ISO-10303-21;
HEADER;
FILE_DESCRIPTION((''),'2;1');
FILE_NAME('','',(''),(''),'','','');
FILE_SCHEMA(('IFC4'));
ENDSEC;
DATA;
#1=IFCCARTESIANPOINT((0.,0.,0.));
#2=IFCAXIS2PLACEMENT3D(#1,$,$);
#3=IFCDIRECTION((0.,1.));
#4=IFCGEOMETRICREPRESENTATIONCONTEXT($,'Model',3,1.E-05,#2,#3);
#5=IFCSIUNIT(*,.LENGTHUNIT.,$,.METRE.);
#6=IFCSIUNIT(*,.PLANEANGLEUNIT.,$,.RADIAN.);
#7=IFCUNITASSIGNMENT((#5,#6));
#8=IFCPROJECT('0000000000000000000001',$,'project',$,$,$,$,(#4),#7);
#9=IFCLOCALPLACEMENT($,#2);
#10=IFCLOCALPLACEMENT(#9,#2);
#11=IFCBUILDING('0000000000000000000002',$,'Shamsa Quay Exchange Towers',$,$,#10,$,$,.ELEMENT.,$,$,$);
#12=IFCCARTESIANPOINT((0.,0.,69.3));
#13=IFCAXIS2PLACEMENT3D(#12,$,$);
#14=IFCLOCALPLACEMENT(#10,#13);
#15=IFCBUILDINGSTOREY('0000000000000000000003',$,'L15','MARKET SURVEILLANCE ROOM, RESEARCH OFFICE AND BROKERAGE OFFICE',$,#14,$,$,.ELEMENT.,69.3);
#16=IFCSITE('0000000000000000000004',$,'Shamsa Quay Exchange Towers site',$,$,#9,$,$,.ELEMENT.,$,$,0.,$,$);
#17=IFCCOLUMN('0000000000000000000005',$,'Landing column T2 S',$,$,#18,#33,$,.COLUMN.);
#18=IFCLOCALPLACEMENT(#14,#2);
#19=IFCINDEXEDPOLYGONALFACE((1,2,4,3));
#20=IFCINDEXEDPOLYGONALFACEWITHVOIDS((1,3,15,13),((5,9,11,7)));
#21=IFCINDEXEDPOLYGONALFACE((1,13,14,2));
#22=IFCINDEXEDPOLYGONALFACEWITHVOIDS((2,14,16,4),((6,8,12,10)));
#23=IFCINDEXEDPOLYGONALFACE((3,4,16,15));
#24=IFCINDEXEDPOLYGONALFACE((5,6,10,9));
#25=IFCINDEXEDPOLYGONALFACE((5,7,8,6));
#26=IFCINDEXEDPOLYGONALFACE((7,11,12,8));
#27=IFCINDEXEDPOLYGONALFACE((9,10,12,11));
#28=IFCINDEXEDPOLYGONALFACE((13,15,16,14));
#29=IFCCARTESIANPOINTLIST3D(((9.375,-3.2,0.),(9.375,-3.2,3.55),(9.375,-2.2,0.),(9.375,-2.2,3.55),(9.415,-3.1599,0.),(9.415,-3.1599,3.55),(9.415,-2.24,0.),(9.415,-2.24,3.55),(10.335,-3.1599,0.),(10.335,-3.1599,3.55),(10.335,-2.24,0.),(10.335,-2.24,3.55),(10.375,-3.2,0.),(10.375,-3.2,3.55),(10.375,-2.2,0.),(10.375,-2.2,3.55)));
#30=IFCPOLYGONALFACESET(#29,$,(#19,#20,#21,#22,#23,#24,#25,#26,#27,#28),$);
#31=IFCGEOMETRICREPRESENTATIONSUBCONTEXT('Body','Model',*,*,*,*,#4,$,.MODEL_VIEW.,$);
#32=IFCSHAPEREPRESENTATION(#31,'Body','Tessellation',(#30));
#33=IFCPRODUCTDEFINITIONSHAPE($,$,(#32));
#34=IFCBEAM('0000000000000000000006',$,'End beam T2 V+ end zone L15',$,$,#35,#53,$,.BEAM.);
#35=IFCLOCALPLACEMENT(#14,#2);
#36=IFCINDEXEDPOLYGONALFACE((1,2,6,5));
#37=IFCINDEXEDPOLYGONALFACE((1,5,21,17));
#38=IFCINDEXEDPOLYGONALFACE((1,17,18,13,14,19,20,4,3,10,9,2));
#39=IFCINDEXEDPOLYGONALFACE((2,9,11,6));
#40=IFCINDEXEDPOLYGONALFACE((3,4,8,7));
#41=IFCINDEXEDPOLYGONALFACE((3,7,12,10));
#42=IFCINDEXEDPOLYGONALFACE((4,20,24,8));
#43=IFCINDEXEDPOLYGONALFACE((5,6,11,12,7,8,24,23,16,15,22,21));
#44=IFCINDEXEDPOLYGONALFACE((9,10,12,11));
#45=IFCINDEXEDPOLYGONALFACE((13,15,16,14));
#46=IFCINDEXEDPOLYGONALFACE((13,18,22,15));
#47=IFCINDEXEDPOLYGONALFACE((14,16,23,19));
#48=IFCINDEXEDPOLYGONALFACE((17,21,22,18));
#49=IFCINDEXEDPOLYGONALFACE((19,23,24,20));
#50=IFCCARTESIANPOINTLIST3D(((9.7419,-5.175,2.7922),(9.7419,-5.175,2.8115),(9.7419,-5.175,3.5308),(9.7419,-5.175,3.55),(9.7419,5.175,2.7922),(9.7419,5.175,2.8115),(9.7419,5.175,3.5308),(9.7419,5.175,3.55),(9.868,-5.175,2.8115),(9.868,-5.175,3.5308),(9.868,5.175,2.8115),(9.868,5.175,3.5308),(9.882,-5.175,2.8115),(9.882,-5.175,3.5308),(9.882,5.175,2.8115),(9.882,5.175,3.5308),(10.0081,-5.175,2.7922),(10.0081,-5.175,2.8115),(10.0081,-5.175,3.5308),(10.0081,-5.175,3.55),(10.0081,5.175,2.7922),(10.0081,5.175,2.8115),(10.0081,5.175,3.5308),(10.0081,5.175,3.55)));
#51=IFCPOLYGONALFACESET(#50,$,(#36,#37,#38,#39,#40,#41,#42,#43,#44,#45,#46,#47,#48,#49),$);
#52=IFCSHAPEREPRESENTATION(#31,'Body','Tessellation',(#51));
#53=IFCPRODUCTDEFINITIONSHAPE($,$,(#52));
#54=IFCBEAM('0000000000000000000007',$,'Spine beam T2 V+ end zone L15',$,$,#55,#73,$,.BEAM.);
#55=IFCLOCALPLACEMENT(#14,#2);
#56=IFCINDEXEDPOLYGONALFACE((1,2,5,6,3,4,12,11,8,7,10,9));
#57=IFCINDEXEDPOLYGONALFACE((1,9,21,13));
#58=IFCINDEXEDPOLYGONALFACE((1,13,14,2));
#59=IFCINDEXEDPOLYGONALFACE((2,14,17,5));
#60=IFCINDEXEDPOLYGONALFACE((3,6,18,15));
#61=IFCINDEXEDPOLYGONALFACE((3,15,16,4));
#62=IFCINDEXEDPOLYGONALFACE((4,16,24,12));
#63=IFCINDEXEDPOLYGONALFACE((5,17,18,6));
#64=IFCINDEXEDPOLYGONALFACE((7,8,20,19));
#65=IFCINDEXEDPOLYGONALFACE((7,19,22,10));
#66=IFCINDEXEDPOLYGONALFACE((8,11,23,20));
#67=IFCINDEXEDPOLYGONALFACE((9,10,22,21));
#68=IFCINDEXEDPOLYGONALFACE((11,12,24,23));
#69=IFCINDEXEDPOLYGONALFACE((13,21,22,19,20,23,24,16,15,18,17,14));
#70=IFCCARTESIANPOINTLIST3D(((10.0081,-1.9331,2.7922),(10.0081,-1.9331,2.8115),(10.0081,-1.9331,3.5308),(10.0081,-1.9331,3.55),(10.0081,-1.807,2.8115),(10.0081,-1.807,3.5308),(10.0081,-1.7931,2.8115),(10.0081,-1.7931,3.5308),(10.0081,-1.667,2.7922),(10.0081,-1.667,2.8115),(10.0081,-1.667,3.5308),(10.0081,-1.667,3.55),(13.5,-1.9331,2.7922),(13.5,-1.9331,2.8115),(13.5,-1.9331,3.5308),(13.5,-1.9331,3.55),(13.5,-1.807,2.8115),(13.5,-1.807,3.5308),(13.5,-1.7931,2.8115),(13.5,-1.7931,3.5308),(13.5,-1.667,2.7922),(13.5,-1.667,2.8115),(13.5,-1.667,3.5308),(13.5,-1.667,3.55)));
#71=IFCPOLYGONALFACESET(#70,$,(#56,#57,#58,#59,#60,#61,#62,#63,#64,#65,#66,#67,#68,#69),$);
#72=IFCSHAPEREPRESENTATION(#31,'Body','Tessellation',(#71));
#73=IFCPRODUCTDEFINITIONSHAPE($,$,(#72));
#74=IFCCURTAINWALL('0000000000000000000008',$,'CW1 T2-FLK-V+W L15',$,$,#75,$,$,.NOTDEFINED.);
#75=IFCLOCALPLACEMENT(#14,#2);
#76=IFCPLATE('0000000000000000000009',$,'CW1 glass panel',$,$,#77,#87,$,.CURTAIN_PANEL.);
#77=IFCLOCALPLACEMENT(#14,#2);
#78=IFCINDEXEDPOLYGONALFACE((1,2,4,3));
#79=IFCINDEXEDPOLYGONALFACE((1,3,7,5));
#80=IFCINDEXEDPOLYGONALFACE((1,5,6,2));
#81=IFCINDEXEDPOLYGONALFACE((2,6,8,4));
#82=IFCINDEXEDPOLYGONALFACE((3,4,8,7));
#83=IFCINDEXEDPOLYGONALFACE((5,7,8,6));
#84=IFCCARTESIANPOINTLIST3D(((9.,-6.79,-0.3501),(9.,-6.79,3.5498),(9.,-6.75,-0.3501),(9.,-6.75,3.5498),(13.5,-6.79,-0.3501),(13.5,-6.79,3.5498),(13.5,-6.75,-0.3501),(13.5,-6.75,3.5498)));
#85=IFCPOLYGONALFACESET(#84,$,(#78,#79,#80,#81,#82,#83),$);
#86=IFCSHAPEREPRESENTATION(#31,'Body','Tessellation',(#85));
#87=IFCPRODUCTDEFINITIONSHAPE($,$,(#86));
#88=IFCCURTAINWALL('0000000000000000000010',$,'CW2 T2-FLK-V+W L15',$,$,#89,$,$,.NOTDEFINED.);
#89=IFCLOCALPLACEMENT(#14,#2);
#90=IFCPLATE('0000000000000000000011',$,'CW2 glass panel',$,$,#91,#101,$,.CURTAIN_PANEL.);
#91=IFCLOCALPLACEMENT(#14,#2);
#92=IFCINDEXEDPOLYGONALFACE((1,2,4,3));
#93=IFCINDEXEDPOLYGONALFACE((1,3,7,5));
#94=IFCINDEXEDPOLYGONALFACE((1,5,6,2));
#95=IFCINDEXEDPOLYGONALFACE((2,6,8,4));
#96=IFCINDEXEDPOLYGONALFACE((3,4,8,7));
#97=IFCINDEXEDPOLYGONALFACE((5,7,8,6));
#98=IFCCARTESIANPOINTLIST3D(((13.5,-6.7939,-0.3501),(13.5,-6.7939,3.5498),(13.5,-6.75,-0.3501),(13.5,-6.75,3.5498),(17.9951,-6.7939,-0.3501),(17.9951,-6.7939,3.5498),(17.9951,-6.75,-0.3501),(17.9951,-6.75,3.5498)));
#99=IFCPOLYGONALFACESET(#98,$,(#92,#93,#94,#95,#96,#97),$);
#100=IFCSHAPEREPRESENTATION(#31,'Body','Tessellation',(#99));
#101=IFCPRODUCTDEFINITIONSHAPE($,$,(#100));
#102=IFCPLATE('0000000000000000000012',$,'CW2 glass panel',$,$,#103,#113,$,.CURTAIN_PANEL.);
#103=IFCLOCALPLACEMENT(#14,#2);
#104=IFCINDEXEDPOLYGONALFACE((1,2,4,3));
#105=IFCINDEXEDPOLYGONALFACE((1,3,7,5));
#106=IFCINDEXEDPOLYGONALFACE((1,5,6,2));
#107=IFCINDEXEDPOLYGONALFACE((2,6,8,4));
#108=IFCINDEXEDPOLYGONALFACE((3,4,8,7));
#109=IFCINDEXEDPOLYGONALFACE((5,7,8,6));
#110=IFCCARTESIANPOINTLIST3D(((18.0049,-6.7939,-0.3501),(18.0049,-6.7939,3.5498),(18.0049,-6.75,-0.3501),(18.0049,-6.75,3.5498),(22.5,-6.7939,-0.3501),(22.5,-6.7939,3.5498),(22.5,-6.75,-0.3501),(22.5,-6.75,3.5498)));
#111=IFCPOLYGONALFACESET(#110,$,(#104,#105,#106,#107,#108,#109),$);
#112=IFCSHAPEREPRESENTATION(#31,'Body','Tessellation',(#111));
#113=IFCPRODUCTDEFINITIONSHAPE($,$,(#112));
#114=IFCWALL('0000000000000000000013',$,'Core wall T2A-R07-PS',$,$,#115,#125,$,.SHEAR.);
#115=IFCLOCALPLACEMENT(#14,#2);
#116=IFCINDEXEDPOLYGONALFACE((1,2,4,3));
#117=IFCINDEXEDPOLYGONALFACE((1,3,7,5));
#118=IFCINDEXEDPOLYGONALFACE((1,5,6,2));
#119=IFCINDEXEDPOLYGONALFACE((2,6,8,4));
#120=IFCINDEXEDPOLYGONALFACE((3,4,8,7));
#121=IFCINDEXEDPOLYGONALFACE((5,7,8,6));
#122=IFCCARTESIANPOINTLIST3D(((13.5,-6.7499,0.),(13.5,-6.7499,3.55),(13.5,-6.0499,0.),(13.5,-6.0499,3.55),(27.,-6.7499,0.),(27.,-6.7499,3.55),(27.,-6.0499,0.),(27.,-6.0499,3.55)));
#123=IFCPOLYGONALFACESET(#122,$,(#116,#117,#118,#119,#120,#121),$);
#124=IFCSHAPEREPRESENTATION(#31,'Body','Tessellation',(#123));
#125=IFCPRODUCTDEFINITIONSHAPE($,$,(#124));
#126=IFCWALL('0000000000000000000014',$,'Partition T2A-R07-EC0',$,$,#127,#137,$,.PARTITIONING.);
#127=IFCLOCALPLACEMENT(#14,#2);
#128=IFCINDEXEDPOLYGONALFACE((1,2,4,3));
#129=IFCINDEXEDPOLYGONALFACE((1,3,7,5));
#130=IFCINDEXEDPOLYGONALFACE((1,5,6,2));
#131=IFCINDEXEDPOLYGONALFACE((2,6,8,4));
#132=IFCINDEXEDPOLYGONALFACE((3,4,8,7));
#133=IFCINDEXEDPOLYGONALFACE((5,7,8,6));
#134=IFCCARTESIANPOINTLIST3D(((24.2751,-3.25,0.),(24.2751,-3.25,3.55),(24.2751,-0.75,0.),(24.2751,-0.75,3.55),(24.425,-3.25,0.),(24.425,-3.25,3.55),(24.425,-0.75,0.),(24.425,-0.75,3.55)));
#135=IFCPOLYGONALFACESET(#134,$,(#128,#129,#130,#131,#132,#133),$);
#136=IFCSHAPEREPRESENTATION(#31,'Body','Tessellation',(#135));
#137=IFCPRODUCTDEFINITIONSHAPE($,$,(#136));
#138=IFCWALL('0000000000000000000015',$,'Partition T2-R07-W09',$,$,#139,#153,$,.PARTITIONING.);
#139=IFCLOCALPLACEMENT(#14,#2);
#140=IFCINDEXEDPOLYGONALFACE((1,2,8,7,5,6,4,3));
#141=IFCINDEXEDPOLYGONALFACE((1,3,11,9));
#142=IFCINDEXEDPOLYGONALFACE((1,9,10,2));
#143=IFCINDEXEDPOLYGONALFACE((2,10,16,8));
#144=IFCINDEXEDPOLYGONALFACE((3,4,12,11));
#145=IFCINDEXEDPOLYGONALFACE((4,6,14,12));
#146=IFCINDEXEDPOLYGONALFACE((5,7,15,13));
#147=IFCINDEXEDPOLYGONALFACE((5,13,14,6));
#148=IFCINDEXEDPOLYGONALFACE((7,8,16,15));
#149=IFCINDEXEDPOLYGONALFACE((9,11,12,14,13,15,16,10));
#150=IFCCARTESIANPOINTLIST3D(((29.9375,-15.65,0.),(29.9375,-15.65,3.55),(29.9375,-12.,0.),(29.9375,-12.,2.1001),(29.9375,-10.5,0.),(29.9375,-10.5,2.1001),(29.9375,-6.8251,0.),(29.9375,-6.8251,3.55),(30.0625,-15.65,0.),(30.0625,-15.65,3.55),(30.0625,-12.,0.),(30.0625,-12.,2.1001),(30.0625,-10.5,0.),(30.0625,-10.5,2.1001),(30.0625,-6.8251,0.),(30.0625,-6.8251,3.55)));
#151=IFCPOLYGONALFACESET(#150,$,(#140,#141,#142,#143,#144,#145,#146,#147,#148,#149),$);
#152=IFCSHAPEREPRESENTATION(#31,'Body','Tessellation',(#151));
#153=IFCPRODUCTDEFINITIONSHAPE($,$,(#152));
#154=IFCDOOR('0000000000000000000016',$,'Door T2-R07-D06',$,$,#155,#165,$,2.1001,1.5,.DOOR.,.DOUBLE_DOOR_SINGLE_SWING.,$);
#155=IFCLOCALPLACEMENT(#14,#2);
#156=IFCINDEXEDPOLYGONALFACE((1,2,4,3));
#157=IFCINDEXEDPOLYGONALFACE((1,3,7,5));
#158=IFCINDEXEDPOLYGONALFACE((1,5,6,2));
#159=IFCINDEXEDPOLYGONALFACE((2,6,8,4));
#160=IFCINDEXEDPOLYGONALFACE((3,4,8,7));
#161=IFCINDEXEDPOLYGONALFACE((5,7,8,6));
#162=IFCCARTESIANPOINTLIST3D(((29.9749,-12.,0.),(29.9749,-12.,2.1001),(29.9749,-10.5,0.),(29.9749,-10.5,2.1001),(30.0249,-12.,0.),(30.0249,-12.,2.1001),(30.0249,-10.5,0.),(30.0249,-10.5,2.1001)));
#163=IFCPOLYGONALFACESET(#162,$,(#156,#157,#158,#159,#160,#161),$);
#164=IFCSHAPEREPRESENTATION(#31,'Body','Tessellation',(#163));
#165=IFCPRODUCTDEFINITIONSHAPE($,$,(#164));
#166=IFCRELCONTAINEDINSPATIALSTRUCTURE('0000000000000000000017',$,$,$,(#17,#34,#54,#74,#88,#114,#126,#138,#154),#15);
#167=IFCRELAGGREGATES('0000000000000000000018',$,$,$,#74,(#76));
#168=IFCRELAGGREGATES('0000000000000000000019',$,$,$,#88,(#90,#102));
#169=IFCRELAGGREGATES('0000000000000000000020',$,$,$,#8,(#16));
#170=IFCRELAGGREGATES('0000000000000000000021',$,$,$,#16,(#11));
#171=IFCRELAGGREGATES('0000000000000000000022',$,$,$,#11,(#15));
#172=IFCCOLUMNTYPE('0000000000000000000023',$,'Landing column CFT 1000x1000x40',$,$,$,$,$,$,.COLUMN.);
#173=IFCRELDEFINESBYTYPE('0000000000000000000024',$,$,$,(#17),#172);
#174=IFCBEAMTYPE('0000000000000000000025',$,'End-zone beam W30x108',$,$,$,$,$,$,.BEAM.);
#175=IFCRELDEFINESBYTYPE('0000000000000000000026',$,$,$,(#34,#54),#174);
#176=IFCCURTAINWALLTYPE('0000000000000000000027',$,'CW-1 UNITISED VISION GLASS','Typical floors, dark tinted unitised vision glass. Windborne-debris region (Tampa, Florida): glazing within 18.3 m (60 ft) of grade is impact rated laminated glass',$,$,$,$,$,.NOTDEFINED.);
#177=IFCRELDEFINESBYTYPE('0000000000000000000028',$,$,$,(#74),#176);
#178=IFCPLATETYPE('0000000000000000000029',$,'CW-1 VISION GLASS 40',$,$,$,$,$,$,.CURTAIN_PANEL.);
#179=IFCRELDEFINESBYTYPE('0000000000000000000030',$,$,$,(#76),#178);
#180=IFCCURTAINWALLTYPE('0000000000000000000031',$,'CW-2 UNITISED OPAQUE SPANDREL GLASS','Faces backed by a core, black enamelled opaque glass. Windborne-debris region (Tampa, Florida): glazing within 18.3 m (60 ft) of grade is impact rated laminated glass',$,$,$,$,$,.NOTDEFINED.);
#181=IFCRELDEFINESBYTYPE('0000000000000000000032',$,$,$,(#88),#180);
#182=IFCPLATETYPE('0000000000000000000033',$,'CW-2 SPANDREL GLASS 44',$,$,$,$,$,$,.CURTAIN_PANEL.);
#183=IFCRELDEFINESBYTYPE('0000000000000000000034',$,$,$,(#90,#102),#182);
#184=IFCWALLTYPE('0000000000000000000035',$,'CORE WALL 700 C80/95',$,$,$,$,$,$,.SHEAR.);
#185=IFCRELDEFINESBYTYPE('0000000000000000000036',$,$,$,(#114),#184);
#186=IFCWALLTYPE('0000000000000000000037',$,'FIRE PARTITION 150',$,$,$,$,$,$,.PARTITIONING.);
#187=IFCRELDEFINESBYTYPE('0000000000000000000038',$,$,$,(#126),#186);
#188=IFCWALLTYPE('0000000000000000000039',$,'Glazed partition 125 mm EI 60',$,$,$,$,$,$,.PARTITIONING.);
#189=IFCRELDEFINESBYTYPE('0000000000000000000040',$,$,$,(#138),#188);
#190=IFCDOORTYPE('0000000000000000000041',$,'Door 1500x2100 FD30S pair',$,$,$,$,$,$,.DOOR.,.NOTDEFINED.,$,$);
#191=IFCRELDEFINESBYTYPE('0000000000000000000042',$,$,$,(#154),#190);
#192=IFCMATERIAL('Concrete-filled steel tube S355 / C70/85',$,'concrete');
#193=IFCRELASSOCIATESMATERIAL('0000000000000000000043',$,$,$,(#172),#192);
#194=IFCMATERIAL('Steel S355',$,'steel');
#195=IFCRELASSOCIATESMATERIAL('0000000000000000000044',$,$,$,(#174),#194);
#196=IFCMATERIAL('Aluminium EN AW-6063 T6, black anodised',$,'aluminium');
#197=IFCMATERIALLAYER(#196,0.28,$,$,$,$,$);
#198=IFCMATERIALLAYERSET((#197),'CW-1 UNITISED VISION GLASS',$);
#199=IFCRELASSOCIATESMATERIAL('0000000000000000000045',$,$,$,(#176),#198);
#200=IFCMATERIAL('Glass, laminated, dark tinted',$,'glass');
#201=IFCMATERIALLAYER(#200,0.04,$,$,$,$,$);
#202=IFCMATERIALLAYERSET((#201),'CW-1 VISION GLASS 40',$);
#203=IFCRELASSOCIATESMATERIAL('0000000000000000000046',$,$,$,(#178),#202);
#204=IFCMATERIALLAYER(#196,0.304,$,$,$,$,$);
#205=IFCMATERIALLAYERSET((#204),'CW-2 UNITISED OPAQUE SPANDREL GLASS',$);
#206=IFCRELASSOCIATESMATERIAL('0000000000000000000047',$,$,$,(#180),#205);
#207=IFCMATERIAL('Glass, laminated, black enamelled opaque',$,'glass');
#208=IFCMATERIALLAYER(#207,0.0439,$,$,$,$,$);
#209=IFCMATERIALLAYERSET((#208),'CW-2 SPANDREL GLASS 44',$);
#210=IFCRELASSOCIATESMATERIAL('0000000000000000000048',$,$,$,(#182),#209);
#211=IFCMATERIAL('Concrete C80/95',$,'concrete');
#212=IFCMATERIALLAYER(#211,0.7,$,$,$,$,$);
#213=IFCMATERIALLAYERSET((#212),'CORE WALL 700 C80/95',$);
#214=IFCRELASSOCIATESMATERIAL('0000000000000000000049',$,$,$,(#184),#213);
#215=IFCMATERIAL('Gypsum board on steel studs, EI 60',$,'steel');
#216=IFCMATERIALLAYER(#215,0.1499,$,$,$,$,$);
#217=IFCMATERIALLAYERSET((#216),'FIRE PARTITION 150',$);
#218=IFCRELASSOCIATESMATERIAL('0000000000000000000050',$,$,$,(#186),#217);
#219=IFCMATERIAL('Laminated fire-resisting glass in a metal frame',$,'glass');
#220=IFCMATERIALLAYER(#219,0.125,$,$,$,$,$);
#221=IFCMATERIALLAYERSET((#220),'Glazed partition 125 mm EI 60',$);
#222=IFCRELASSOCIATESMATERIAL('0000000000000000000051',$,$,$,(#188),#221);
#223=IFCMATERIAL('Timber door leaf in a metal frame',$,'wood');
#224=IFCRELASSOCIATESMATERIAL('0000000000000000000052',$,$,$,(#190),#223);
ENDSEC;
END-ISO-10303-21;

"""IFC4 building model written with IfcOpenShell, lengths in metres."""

from ifc_helpers import new_model, si_unit, direction, frame, frame_2d, origin, origin_2d, place, context, subcontext, project, spatial, rectangle, hollow_rectangle, i_section, extrude, material, layer, layer_set, material_profile, profile_set, type_object, element, fill, aggregate, save


model = new_model("IFC4")

# Units and contexts
model_context = context("Model", 3, precision=1e-05, world=origin(), true_north=direction((0.0, 1.0)))
body_context = subcontext(model_context, "Body", "Model", "MODEL_VIEW")
ifc_project = project(units=[si_unit("LENGTHUNIT", "METRE"), si_unit("PLANEANGLEUNIT", "RADIAN")], contexts=[model_context])

# Site, building, storey
site_placement = place(None, origin())
site = spatial("IfcSite", under=ifc_project, at=site_placement, Name="Shamsa Quay Exchange Towers site", CompositionType="ELEMENT", RefElevation=0.0)
building_placement = place(site_placement, origin())
building = spatial("IfcBuilding", under=site, at=building_placement, Name="Shamsa Quay Exchange Towers", CompositionType="ELEMENT")
storey_placement = place(building_placement, frame((0.0, 0.0, 69.3)))
storey = spatial("IfcBuildingStorey", under=building, at=storey_placement, Name="L15", Description="MARKET SURVEILLANCE ROOM, RESEARCH OFFICE AND BROKERAGE OFFICE", CompositionType="ELEMENT", Elevation=69.3)

# Column
ifc_material_1 = material(Name="Concrete-filled steel tube S355 / C70/85", Category="concrete")
ifc_material_profile_1 = material_profile(ifc_material_1, hollow_rectangle(XDim=1.0, YDim=1.0, WallThickness=0.04, at=origin_2d()), Name="CFT 1000x1000x40")
ifc_profile_set_1 = profile_set([ifc_material_profile_1], Name="Concrete-filled steel tube S355 / C70/85")
column_type = type_object("IfcColumnType", Name="Landing column CFT 1000x1000x40", PredefinedType="COLUMN", material=ifc_profile_set_1)
column_placement = place(storey_placement, frame((9.875, -2.7, 0.0)))
element("IfcColumn", 1, at=column_placement, inside=storey, type_object=column_type, Name="Landing column T2 S", PredefinedType="COLUMN", context=body_context, shape_type="SweptSolid", body=[
    extrude(hollow_rectangle(XDim=1.0, YDim=1.0, WallThickness=0.04, at=origin_2d()), origin(), (0.0, 0.0, 1.0), 3.55),
])

# Beams
ifc_material_2 = material(Name="Steel S355", Category="steel")
ifc_material_profile_2 = material_profile(ifc_material_2, i_section(OverallWidth=0.2661, OverallDepth=0.7578, WebThickness=0.0139, FlangeThickness=0.0193, at=origin_2d()), Name="W30x108")
ifc_profile_set_2 = profile_set([ifc_material_profile_2], Name="Steel S355")
beam_type = type_object("IfcBeamType", Name="End-zone beam W30x108", PredefinedType="BEAM", material=ifc_profile_set_2)
beam_1_placement = place(storey_placement, frame((9.875, -5.175, 3.1711), z_axis=(0.0, 1.0, 0.0), x_axis=(-1.0, 0.0, 0.0)))
element("IfcBeam", 2, at=beam_1_placement, inside=storey, type_object=beam_type, Name="End beam T2 V+ end zone L15", PredefinedType="BEAM", context=body_context, shape_type="SweptSolid", body=[
    extrude(i_section(OverallWidth=0.2661, OverallDepth=0.7578, WebThickness=0.0139, FlangeThickness=0.0193, at=origin_2d()), origin(), (0.0, 0.0, 1.0), 10.3501),
])
beam_2_placement = place(storey_placement, frame((13.5, -1.8, 3.1711), z_axis=(-1.0, 0.0, 0.0), x_axis=(0.0, -1.0, 0.0)))
element("IfcBeam", 3, at=beam_2_placement, inside=storey, type_object=beam_type, Name="Spine beam T2 V+ end zone L15", PredefinedType="BEAM", context=body_context, shape_type="SweptSolid", body=[
    extrude(i_section(OverallWidth=0.2661, OverallDepth=0.7578, WebThickness=0.0139, FlangeThickness=0.0193, at=origin_2d()), origin(), (0.0, 0.0, 1.0), 3.4919),
])

# Curtain wall, plate
ifc_material_3 = material(Name="Aluminium EN AW-6063 T6, black anodised", Category="aluminium")
ifc_layer_1 = layer(ifc_material_3, 0.28)
ifc_layer_set_1 = layer_set([ifc_layer_1], Name="CW-1 UNITISED VISION GLASS")
curtain_wall_type_1 = type_object("IfcCurtainWallType", Name="CW-1 UNITISED VISION GLASS", Description="Typical floors, dark tinted unitised vision glass. Windborne-debris region (Tampa, Florida): glazing within 18.3 m (60 ft) of grade is impact rated laminated glass", PredefinedType="NOTDEFINED", material=ifc_layer_set_1)
curtain_wall_1_placement = place(storey_placement, origin())
curtain_wall_1 = element("IfcCurtainWall", 4, at=curtain_wall_1_placement, inside=storey, type_object=curtain_wall_type_1, Name="CW1 T2-FLK-V+W L15", PredefinedType="NOTDEFINED")
ifc_material_4 = material(Name="Glass, laminated, dark tinted", Category="glass")
ifc_layer_2 = layer(ifc_material_4, 0.04)
ifc_layer_set_2 = layer_set([ifc_layer_2], Name="CW-1 VISION GLASS 40")
plate_type_1 = type_object("IfcPlateType", Name="CW-1 VISION GLASS 40", PredefinedType="CURTAIN_PANEL", material=ifc_layer_set_2)
plate_1_placement = place(storey_placement, frame((11.25, -6.77, -0.3501)))
plate_1 = element("IfcPlate", 5, at=plate_1_placement, type_object=plate_type_1, Name="CW1 glass panel", PredefinedType="CURTAIN_PANEL", context=body_context, shape_type="SweptSolid", body=[
    extrude(rectangle(XDim=4.5, YDim=0.04, at=origin_2d()), origin(), (0.0, 0.0, 1.0), 3.8999),
])
aggregate(curtain_wall_1, [plate_1])

# Curtain wall, plates
ifc_layer_3 = layer(ifc_material_3, 0.304)
ifc_layer_set_3 = layer_set([ifc_layer_3], Name="CW-2 UNITISED OPAQUE SPANDREL GLASS")
curtain_wall_type_2 = type_object("IfcCurtainWallType", Name="CW-2 UNITISED OPAQUE SPANDREL GLASS", Description="Faces backed by a core, black enamelled opaque glass. Windborne-debris region (Tampa, Florida): glazing within 18.3 m (60 ft) of grade is impact rated laminated glass", PredefinedType="NOTDEFINED", material=ifc_layer_set_3)
curtain_wall_2_placement = place(storey_placement, origin())
curtain_wall_2 = element("IfcCurtainWall", 6, at=curtain_wall_2_placement, inside=storey, type_object=curtain_wall_type_2, Name="CW2 T2-FLK-V+W L15", PredefinedType="NOTDEFINED")
ifc_material_5 = material(Name="Glass, laminated, black enamelled opaque", Category="glass")
ifc_layer_4 = layer(ifc_material_5, 0.0439)
ifc_layer_set_4 = layer_set([ifc_layer_4], Name="CW-2 SPANDREL GLASS 44")
plate_type_2 = type_object("IfcPlateType", Name="CW-2 SPANDREL GLASS 44", PredefinedType="CURTAIN_PANEL", material=ifc_layer_set_4)
plate_2_placement = place(storey_placement, frame((15.7476, -6.772, -0.3501)))
plate_2 = element("IfcPlate", 7, at=plate_2_placement, type_object=plate_type_2, Name="CW2 glass panel", PredefinedType="CURTAIN_PANEL", context=body_context, shape_type="SweptSolid", body=[
    extrude(rectangle(XDim=4.4951, YDim=0.0439, at=origin_2d()), origin(), (0.0, 0.0, 1.0), 3.8999),
])
plate_3_placement = place(storey_placement, frame((20.2524, -6.772, -0.3501)))
plate_3 = element("IfcPlate", 8, at=plate_3_placement, type_object=plate_type_2, Name="CW2 glass panel", PredefinedType="CURTAIN_PANEL", context=body_context, shape_type="SweptSolid", body=[
    extrude(rectangle(XDim=4.4951, YDim=0.0439, at=origin_2d()), origin(), (0.0, 0.0, 1.0), 3.8999),
])
aggregate(curtain_wall_2, [plate_2, plate_3])

# Walls
ifc_material_6 = material(Name="Concrete C80/95", Category="concrete")
ifc_layer_5 = layer(ifc_material_6, 0.7)
ifc_layer_set_5 = layer_set([ifc_layer_5], Name="CORE WALL 700 C80/95")
wall_type_1 = type_object("IfcWallType", Name="CORE WALL 700 C80/95", PredefinedType="SHEAR", material=ifc_layer_set_5)
wall_1_placement = place(storey_placement, frame((13.5, -6.3999, 0.0)))
element("IfcWall", 9, at=wall_1_placement, inside=storey, type_object=wall_type_1, Name="Core wall T2A-R07-PS", PredefinedType="SHEAR", context=body_context, shape_type="SweptSolid", body=[
    extrude(rectangle(XDim=13.5, YDim=0.7, at=frame_2d((6.75, 0.0))), origin(), (0.0, 0.0, 1.0), 3.55),
])
ifc_material_7 = material(Name="Gypsum board on steel studs, EI 60", Category="steel")
ifc_layer_6 = layer(ifc_material_7, 0.1499)
ifc_layer_set_6 = layer_set([ifc_layer_6], Name="FIRE PARTITION 150")
wall_type_2 = type_object("IfcWallType", Name="FIRE PARTITION 150", PredefinedType="PARTITIONING", material=ifc_layer_set_6)
wall_2_placement = place(storey_placement, frame((24.3501, -3.25, 0.0), z_axis=(0.0, 0.0, 1.0), x_axis=(0.0, 1.0, 0.0)))
element("IfcWall", 10, at=wall_2_placement, inside=storey, type_object=wall_type_2, Name="Partition T2A-R07-EC0", PredefinedType="PARTITIONING", context=body_context, shape_type="SweptSolid", body=[
    extrude(rectangle(XDim=2.5, YDim=0.1499, at=frame_2d((1.25, 0.0))), origin(), (0.0, 0.0, 1.0), 3.55),
])

# Wall, opening, door
ifc_material_8 = material(Name="Laminated fire-resisting glass in a metal frame", Category="glass")
ifc_layer_7 = layer(ifc_material_8, 0.125)
ifc_layer_set_7 = layer_set([ifc_layer_7], Name="Glazed partition 125 mm EI 60")
wall_type_3 = type_object("IfcWallType", Name="Glazed partition 125 mm EI 60", PredefinedType="PARTITIONING", material=ifc_layer_set_7)
wall_3_placement = place(storey_placement, frame((30.0, -6.825, 0.0), z_axis=(0.0, 0.0, 1.0), x_axis=(0.0, -1.0, 0.0)))
wall_3 = element("IfcWall", 11, at=wall_3_placement, inside=storey, type_object=wall_type_3, Name="Partition T2-R07-W09", PredefinedType="PARTITIONING", context=body_context, shape_type="SweptSolid", body=[
    extrude(rectangle(XDim=8.825, YDim=0.125, at=frame_2d((4.4126, 0.0))), origin(), (0.0, 0.0, 1.0), 3.55),
])
opening_1_placement = place(wall_3_placement, frame((3.675, 0.0, 0.0)))
opening_1 = element("IfcOpeningElement", 12, at=opening_1_placement, cuts=wall_3, PredefinedType="OPENING", context=body_context, shape_type="SweptSolid", body=[
    extrude(rectangle(XDim=1.5, YDim=2.1001, at=frame_2d((0.75, 1.05))), frame((0.0, 0.0725, 0.0), z_axis=(0.0, -1.0, 0.0), x_axis=(1.0, 0.0, 0.0)), (0.0, 0.0, 1.0), 0.145),
])
ifc_material_9 = material(Name="Timber door leaf in a metal frame", Category="wood")
door_type_1 = type_object("IfcDoorType", Name="Door 1500x2100 FD30S pair", OperationType="NOTDEFINED", PredefinedType="DOOR", material=ifc_material_9)
door_1_placement = place(opening_1_placement, origin())
door_1 = element("IfcDoor", 13, at=door_1_placement, inside=storey, type_object=door_type_1, Name="Door T2-R07-D06", OperationType="DOUBLE_DOOR_SINGLE_SWING", OverallHeight=2.1001, OverallWidth=1.5, PredefinedType="DOOR", context=body_context, shape_type="SweptSolid", body=[
    extrude(rectangle(XDim=1.5, YDim=2.1001, at=frame_2d((0.75, 1.05))), frame((0.0, 0.0249, 0.0), z_axis=(0.0, -1.0, 0.0), x_axis=(1.0, 0.0, 0.0)), (0.0, 0.0, 1.0), 0.05),
])
fill(opening_1, door_1)

save(model, "model.ifc")
